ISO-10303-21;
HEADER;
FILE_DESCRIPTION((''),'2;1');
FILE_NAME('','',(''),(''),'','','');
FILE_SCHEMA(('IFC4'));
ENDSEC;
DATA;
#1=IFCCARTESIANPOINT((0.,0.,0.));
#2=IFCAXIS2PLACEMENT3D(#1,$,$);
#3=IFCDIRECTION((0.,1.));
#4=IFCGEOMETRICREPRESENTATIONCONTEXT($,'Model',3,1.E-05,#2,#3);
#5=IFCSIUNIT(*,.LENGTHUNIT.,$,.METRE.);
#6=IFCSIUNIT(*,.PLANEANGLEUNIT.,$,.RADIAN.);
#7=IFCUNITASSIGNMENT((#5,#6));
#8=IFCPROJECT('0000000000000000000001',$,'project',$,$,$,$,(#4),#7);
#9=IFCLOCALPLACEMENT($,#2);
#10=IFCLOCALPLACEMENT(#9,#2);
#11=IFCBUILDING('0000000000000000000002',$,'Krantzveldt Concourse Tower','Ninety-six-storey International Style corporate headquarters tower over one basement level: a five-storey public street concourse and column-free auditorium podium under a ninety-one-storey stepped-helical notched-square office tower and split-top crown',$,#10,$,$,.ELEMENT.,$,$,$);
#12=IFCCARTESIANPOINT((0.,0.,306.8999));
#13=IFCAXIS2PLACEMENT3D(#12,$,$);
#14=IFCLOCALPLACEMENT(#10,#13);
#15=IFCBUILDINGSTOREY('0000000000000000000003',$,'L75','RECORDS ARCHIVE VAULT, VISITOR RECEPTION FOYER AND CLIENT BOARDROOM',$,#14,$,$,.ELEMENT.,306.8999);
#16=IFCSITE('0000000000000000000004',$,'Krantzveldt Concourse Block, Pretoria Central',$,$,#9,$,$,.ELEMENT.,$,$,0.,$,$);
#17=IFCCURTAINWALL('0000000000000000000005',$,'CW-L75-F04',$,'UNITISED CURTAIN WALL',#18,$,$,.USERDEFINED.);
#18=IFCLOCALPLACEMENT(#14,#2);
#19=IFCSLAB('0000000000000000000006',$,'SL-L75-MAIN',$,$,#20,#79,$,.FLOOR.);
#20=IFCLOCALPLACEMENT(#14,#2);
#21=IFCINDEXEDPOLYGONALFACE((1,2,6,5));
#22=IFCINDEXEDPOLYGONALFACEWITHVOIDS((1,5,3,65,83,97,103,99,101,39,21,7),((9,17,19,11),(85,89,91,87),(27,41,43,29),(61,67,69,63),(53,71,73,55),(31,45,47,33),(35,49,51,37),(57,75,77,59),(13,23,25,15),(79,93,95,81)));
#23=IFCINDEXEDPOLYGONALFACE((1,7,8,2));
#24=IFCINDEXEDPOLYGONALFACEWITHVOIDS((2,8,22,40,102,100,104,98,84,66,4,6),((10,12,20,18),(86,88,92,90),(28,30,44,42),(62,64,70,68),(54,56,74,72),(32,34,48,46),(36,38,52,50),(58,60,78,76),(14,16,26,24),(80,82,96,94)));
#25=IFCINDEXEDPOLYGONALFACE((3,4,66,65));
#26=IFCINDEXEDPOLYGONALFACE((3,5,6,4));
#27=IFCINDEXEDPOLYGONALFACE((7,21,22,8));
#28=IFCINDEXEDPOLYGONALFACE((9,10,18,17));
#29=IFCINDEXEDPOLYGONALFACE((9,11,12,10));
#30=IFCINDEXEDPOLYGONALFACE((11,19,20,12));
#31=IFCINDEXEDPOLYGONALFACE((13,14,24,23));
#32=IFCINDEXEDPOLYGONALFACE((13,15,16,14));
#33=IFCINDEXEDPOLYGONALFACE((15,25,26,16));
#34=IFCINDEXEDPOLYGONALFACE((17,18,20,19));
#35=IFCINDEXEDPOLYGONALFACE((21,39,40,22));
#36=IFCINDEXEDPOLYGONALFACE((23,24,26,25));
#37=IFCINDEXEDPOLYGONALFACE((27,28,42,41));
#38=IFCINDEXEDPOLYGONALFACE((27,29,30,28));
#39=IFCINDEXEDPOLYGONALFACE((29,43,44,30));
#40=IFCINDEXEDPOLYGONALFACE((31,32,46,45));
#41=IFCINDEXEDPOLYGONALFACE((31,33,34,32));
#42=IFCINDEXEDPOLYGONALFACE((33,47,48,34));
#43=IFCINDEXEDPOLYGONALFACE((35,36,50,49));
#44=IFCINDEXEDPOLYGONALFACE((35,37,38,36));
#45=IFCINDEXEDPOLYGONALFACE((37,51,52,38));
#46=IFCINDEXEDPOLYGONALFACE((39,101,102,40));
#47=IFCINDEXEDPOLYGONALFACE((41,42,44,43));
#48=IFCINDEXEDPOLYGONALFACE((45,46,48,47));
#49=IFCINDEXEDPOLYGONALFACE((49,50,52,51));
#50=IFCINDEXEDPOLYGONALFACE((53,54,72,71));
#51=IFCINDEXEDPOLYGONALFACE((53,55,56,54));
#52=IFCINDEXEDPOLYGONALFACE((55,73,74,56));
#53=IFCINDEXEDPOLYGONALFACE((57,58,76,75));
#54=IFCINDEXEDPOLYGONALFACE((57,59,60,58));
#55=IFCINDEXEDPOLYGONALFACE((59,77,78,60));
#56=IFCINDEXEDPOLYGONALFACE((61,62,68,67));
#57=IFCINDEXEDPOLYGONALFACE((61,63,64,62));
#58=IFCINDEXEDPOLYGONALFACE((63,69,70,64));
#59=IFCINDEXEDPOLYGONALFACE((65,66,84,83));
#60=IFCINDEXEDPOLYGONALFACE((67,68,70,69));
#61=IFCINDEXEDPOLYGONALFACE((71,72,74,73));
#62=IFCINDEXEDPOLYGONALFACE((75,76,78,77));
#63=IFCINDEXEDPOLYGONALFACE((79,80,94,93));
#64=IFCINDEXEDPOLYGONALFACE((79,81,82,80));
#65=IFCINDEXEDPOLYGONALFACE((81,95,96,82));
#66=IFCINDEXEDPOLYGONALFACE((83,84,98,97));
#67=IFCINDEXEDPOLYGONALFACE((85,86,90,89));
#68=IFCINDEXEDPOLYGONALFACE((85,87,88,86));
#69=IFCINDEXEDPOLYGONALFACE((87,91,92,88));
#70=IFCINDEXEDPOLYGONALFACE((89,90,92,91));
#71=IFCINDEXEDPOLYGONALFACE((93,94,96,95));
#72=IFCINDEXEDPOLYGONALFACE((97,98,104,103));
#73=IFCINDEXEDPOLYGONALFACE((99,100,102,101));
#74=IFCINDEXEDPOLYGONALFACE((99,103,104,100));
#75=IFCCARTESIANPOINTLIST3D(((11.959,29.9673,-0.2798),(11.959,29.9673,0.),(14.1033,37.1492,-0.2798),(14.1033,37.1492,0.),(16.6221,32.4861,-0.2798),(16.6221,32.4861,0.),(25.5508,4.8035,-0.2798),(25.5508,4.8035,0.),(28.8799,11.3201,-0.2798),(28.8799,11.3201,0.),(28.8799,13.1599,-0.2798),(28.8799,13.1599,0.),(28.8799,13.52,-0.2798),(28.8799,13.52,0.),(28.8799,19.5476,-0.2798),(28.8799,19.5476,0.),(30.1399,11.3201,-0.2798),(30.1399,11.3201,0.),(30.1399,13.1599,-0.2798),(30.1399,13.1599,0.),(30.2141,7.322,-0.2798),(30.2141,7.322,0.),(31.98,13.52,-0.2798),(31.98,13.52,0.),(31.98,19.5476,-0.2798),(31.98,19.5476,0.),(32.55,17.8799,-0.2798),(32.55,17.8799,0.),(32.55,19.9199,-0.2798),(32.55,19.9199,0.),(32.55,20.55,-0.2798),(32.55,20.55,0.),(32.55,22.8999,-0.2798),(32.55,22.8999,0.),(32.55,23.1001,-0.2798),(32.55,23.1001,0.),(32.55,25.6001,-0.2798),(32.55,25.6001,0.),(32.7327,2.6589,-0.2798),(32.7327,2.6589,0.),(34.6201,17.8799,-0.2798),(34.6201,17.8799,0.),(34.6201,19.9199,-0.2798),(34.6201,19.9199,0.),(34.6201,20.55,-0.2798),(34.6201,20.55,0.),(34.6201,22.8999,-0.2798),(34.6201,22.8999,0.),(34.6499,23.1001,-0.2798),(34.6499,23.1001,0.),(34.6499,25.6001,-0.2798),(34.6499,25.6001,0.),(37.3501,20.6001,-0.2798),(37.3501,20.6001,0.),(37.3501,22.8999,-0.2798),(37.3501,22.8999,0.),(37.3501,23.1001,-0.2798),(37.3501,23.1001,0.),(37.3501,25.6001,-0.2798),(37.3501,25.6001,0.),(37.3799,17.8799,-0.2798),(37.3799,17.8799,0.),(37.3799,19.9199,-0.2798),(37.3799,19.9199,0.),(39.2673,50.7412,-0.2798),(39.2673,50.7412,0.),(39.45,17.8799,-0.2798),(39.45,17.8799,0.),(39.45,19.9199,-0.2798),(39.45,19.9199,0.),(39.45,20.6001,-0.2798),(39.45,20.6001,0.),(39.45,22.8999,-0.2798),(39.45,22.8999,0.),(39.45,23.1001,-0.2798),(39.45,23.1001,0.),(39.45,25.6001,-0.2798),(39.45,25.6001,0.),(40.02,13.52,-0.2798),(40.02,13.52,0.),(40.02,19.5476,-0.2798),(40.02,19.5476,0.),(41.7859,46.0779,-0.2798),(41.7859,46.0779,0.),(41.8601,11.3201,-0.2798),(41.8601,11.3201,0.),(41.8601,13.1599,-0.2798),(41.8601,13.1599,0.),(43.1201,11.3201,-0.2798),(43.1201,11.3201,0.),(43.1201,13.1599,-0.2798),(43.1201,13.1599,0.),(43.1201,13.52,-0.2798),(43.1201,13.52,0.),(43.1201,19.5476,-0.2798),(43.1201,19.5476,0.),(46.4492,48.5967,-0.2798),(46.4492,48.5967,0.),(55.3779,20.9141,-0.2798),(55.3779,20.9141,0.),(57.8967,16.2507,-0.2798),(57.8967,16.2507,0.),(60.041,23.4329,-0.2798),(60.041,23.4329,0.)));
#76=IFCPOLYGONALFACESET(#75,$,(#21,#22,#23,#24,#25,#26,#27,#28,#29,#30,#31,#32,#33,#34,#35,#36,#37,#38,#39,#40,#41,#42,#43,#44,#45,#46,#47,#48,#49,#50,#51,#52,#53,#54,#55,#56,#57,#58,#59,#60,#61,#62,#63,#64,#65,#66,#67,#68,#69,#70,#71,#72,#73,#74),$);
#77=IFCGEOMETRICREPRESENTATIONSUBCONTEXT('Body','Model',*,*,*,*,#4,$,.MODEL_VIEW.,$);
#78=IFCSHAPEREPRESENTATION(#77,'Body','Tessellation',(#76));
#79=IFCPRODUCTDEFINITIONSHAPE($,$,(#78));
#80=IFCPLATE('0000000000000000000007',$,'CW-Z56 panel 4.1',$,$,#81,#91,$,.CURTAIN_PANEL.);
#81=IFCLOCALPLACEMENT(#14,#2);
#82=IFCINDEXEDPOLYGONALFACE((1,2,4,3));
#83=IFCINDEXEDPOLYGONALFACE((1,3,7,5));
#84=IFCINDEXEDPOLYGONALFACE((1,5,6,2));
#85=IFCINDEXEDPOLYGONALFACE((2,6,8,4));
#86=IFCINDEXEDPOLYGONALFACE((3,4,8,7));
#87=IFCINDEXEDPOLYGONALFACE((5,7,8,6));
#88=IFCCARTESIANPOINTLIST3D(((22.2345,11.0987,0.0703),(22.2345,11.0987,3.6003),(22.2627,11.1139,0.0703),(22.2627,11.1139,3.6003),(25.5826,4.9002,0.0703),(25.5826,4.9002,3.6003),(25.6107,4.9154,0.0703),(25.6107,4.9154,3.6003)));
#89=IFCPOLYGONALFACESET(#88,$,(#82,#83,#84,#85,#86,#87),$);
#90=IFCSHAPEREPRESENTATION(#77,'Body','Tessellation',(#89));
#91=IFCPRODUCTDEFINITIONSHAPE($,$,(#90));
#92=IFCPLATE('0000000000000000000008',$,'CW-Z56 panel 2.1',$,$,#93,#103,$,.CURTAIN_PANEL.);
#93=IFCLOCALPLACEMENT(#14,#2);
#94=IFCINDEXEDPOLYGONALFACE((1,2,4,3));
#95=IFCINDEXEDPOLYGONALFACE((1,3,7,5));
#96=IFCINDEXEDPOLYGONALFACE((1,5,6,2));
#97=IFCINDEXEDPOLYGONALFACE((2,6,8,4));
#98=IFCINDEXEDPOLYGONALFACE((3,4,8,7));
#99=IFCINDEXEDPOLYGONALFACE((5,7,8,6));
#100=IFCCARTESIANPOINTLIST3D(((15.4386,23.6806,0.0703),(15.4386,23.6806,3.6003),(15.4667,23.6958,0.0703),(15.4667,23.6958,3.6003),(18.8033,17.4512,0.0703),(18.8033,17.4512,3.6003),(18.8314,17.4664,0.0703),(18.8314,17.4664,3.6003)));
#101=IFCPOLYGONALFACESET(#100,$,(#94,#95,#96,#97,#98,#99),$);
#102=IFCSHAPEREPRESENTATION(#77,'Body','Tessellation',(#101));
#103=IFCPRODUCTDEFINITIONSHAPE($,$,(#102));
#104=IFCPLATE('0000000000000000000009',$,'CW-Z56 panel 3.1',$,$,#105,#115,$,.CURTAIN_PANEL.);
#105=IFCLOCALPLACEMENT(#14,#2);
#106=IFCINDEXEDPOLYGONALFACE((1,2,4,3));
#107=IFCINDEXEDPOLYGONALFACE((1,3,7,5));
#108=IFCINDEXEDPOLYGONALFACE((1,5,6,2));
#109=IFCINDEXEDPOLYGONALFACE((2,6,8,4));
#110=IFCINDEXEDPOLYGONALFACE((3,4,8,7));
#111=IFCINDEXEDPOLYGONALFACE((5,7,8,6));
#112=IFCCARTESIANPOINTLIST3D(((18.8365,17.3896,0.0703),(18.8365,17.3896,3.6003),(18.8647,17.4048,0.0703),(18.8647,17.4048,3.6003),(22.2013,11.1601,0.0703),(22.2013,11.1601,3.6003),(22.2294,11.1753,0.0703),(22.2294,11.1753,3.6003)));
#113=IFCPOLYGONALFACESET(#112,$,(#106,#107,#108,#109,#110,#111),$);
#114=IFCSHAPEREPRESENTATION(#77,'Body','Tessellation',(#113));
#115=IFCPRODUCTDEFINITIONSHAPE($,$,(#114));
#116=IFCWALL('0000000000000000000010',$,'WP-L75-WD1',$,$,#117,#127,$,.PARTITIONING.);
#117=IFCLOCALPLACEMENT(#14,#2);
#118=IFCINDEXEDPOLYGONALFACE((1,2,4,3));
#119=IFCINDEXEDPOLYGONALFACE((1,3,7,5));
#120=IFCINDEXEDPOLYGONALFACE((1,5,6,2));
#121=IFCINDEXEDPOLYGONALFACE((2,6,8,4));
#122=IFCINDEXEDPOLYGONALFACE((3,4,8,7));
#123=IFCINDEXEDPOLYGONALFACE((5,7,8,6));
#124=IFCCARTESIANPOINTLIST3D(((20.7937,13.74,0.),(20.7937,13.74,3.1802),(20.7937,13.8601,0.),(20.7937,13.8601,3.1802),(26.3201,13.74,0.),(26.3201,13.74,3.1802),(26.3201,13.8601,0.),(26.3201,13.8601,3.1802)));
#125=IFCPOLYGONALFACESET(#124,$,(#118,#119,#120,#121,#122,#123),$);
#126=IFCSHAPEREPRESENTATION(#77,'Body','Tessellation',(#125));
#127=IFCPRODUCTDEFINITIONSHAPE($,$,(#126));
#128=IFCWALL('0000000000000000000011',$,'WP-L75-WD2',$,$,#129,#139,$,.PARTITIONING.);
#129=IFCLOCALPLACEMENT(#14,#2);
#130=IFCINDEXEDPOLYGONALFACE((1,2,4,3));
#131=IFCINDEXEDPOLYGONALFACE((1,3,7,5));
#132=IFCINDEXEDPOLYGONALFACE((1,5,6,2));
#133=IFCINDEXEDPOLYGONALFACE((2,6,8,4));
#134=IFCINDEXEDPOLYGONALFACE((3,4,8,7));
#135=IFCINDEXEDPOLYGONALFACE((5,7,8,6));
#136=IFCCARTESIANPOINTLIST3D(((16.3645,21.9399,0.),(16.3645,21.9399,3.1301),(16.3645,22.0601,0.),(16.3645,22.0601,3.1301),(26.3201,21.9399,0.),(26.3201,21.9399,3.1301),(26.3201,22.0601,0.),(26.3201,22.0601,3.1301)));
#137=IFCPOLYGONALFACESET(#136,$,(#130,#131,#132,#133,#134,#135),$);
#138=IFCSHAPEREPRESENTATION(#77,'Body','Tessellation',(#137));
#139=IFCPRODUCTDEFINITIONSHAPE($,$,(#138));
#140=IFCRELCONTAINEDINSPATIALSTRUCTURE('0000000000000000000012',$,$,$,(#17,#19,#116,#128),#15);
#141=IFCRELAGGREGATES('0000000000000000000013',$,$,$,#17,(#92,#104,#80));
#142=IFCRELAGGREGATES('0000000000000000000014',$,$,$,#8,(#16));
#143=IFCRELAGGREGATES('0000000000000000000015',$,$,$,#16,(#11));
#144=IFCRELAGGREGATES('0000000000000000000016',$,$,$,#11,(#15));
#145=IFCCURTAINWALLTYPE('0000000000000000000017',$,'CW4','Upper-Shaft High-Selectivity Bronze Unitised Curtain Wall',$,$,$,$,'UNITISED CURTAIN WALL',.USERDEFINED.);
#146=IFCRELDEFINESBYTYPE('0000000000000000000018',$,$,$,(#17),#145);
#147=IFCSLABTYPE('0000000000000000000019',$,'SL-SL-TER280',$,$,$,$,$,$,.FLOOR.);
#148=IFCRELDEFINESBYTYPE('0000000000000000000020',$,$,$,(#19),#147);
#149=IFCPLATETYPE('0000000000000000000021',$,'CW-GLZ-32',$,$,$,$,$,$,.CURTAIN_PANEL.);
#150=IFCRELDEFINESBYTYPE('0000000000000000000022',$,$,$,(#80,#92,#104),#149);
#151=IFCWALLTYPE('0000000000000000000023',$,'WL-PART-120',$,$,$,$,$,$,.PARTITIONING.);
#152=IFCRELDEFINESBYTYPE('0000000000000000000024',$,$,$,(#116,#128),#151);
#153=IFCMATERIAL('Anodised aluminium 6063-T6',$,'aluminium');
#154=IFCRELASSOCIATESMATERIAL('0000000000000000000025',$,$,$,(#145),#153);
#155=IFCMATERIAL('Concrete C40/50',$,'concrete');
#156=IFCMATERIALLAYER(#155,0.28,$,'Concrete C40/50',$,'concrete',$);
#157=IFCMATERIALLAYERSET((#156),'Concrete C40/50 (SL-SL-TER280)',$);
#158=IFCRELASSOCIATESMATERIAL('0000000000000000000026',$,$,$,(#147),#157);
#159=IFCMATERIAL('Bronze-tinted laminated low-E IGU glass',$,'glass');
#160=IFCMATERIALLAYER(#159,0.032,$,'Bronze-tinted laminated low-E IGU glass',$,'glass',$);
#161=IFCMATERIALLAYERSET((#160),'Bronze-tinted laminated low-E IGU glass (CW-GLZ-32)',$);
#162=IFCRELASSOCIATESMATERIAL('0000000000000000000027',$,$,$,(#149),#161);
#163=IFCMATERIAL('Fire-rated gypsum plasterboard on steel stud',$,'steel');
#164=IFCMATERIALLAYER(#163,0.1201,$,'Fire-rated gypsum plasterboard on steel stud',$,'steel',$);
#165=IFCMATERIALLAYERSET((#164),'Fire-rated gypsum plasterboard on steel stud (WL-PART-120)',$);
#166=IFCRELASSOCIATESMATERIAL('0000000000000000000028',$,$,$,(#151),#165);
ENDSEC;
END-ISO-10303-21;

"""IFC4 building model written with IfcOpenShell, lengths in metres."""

from ifc_helpers import new_model, si_unit, direction, frame, frame_2d, origin, origin_2d, place, context, subcontext, project, spatial, polyline, rectangle, outline, extrude, source, transform, mapped, material, layer, layer_set, type_object, type_shapes, element, aggregate, save


model = new_model("IFC4")

# Units and contexts
model_context = context("Model", 3, precision=1e-05, world=origin(), true_north=direction((0.0, 1.0)))
body_context = subcontext(model_context, "Body", "Model", "MODEL_VIEW")
ifc_project = project(units=[si_unit("LENGTHUNIT", "METRE"), si_unit("PLANEANGLEUNIT", "RADIAN")], contexts=[model_context])

# Site, building, storey
site_placement = place(None, origin())
site = spatial("IfcSite", under=ifc_project, at=site_placement, Name="Krantzveldt Concourse Block, Pretoria Central", CompositionType="ELEMENT", RefElevation=0.0)
building_placement = place(site_placement, origin())
building = spatial("IfcBuilding", under=site, at=building_placement, Name="Krantzveldt Concourse Tower", Description="Ninety-six-storey International Style corporate headquarters tower over one basement level: a five-storey public street concourse and column-free auditorium podium under a ninety-one-storey stepped-helical notched-square office tower and split-top crown", CompositionType="ELEMENT")
storey_placement = place(building_placement, frame((0.0, 0.0, 306.8999)))
storey = spatial("IfcBuildingStorey", under=building, at=storey_placement, Name="L75", Description="RECORDS ARCHIVE VAULT, VISITOR RECEPTION FOYER AND CLIENT BOARDROOM", CompositionType="ELEMENT", Elevation=306.8999)

# Curtain wall
ifc_material_1 = material(Name="Anodised aluminium 6063-T6", Category="aluminium")
curtain_wall_type = type_object("IfcCurtainWallType", Name="CW4", Description="Upper-Shaft High-Selectivity Bronze Unitised Curtain Wall", ElementType="UNITISED CURTAIN WALL", PredefinedType="USERDEFINED", material=ifc_material_1)
curtain_wall_placement = place(storey_placement, origin())
curtain_wall = element("IfcCurtainWall", 1, at=curtain_wall_placement, inside=storey, type_object=curtain_wall_type, Name="CW-L75-F04", ObjectType="UNITISED CURTAIN WALL", PredefinedType="USERDEFINED")

# Slab
ifc_material_2 = material(Name="Concrete C40/50", Category="concrete")
ifc_layer_1 = layer(ifc_material_2, 0.28, Name="Concrete C40/50", Category="concrete")
ifc_layer_set_1 = layer_set([ifc_layer_1], Name="Concrete C40/50 (SL-SL-TER280)")
slab_type_1 = type_object("IfcSlabType", Name="SL-SL-TER280", PredefinedType="FLOOR", material=ifc_layer_set_1)
slab_1_placement = place(storey_placement, frame((0.0, 0.0, -0.2798)))
element("IfcSlab", 2, at=slab_1_placement, inside=storey, type_object=slab_type_1, Name="SL-L75-MAIN", PredefinedType="FLOOR", context=body_context, shape_type="SweptSolid", body=[
    extrude(outline(polyline([(41.7859, 46.0779), (39.2673, 50.7412), (14.1033, 37.1492), (16.6221, 32.4861), (11.959, 29.9673), (25.5508, 4.8035), (30.2141, 7.322), (32.7327, 2.6589), (57.8967, 16.2507), (55.3779, 20.9141), (60.041, 23.4329), (46.4492, 48.5967), (41.7859, 46.0779)]), holes=[polyline([(28.8799, 19.5476), (28.8799, 13.52), (31.98, 13.52), (31.98, 19.5476), (28.8799, 19.5476)]), polyline([(40.02, 19.5476), (40.02, 13.52), (43.1201, 13.52), (43.1201, 19.5476), (40.02, 19.5476)]), polyline([(32.55, 23.1001), (34.6499, 23.1001), (34.6499, 25.6001), (32.55, 25.6001), (32.55, 23.1001)]), polyline([(37.3501, 23.1001), (39.45, 23.1001), (39.45, 25.6001), (37.3501, 25.6001), (37.3501, 23.1001)]), polyline([(37.3501, 20.6001), (39.45, 20.6001), (39.45, 22.8999), (37.3501, 22.8999), (37.3501, 20.6001)]), polyline([(32.55, 20.55), (34.6201, 20.55), (34.6201, 22.8999), (32.55, 22.8999), (32.55, 20.55)]), polyline([(32.55, 17.8799), (34.6201, 17.8799), (34.6201, 19.9199), (32.55, 19.9199), (32.55, 17.8799)]), polyline([(37.3799, 17.8799), (39.45, 17.8799), (39.45, 19.9199), (37.3799, 19.9199), (37.3799, 17.8799)]), polyline([(28.8799, 11.3201), (30.1399, 11.3201), (30.1399, 13.1599), (28.8799, 13.1599), (28.8799, 11.3201)]), polyline([(41.8601, 11.3201), (43.1201, 11.3201), (43.1201, 13.1599), (41.8601, 13.1599), (41.8601, 11.3201)])]), origin(), (0.0, 0.0, 1.0), 0.2798),
])

# Plates
ifc_material_3 = material(Name="Bronze-tinted laminated low-E IGU glass", Category="glass")
ifc_layer_2 = layer(ifc_material_3, 0.032, Name="Bronze-tinted laminated low-E IGU glass", Category="glass")
ifc_layer_set_2 = layer_set([ifc_layer_2], Name="Bronze-tinted laminated low-E IGU glass (CW-GLZ-32)")
plate_type = type_object("IfcPlateType", Name="CW-GLZ-32", PredefinedType="CURTAIN_PANEL", material=ifc_layer_set_2)
shared_shape_1 = source(origin(), body_context, "Body", "SweptSolid", [
    extrude(rectangle(XDim=7.0449, YDim=0.032, at=origin_2d()), origin(), (0.0, 0.0, 1.0), 3.53),
])
plate_1_placement = place(storey_placement, frame((23.9226, 8.0071, 0.0703), z_axis=(0.0, 0.0, 1.0), x_axis=(0.47524, -0.879856, 0.0)))
plate_1 = element("IfcPlate", 3, at=plate_1_placement, type_object=plate_type, Name="CW-Z56 panel 4.1", PredefinedType="CURTAIN_PANEL", context=body_context, shape_type="MappedRepresentation", body=[
    mapped(shared_shape_1, transform((0.0, 0.0, 0.0), x_axis=(1.0, 0.0, 0.0), y_axis=(0.0, 1.0, 0.0), z_axis=(0.0, 0.0, 1.0), scale=1.0)),
])
shared_shape_2 = source(origin(), body_context, "Body", "SweptSolid", [
    extrude(rectangle(XDim=7.0801, YDim=0.032, at=origin_2d()), origin(), (0.0, 0.0, 1.0), 3.53),
])
type_shapes(plate_type, [shared_shape_1, shared_shape_2])
plate_2_placement = place(storey_placement, frame((17.135, 20.5735, 0.0703), z_axis=(0.0, 0.0, 1.0), x_axis=(0.47524, -0.879856, 0.0)))
plate_2 = element("IfcPlate", 4, at=plate_2_placement, type_object=plate_type, Name="CW-Z56 panel 2.1", PredefinedType="CURTAIN_PANEL", context=body_context, shape_type="MappedRepresentation", body=[
    mapped(shared_shape_2, transform((0.0, 0.0, 0.0), x_axis=(1.0, 0.0, 0.0), y_axis=(0.0, 1.0, 0.0), z_axis=(0.0, 0.0, 1.0), scale=1.0)),
])
plate_3_placement = place(storey_placement, frame((20.533, 14.2825, 0.0703), z_axis=(0.0, 0.0, 1.0), x_axis=(0.47524, -0.879856, 0.0)))
plate_3 = element("IfcPlate", 5, at=plate_3_placement, type_object=plate_type, Name="CW-Z56 panel 3.1", PredefinedType="CURTAIN_PANEL", context=body_context, shape_type="MappedRepresentation", body=[
    mapped(shared_shape_2, transform((0.0, 0.0, 0.0), x_axis=(1.0, 0.0, 0.0), y_axis=(0.0, 1.0, 0.0), z_axis=(0.0, 0.0, 1.0), scale=1.0)),
])
aggregate(curtain_wall, [plate_2, plate_3, plate_1])

# Walls
ifc_material_4 = material(Name="Fire-rated gypsum plasterboard on steel stud", Category="steel")
ifc_layer_3 = layer(ifc_material_4, 0.1201, Name="Fire-rated gypsum plasterboard on steel stud", Category="steel")
ifc_layer_set_3 = layer_set([ifc_layer_3], Name="Fire-rated gypsum plasterboard on steel stud (WL-PART-120)")
wall_type_1 = type_object("IfcWallType", Name="WL-PART-120", PredefinedType="PARTITIONING", material=ifc_layer_set_3)
wall_1_placement = place(storey_placement, frame((20.7937, 13.8, 0.0), z_axis=(0.0, 0.0, 1.0), x_axis=(1.0, 0.0, 0.0)))
element("IfcWall", 6, at=wall_1_placement, inside=storey, type_object=wall_type_1, Name="WP-L75-WD1", PredefinedType="PARTITIONING", context=body_context, shape_type="SweptSolid", body=[
    extrude(rectangle(XDim=5.5264, YDim=0.1201, at=frame_2d((2.7632, 0.0))), origin(), (0.0, 0.0, 1.0), 3.1802),
])
wall_2_placement = place(storey_placement, frame((16.3645, 22.0, 0.0), z_axis=(0.0, 0.0, 1.0), x_axis=(1.0, 0.0, 0.0)))
element("IfcWall", 7, at=wall_2_placement, inside=storey, type_object=wall_type_1, Name="WP-L75-WD2", PredefinedType="PARTITIONING", context=body_context, shape_type="SweptSolid", body=[
    extrude(rectangle(XDim=9.9556, YDim=0.1201, at=frame_2d((4.9778, 0.0))), origin(), (0.0, 0.0, 1.0), 3.1301),
])

save(model, "model.ifc")
